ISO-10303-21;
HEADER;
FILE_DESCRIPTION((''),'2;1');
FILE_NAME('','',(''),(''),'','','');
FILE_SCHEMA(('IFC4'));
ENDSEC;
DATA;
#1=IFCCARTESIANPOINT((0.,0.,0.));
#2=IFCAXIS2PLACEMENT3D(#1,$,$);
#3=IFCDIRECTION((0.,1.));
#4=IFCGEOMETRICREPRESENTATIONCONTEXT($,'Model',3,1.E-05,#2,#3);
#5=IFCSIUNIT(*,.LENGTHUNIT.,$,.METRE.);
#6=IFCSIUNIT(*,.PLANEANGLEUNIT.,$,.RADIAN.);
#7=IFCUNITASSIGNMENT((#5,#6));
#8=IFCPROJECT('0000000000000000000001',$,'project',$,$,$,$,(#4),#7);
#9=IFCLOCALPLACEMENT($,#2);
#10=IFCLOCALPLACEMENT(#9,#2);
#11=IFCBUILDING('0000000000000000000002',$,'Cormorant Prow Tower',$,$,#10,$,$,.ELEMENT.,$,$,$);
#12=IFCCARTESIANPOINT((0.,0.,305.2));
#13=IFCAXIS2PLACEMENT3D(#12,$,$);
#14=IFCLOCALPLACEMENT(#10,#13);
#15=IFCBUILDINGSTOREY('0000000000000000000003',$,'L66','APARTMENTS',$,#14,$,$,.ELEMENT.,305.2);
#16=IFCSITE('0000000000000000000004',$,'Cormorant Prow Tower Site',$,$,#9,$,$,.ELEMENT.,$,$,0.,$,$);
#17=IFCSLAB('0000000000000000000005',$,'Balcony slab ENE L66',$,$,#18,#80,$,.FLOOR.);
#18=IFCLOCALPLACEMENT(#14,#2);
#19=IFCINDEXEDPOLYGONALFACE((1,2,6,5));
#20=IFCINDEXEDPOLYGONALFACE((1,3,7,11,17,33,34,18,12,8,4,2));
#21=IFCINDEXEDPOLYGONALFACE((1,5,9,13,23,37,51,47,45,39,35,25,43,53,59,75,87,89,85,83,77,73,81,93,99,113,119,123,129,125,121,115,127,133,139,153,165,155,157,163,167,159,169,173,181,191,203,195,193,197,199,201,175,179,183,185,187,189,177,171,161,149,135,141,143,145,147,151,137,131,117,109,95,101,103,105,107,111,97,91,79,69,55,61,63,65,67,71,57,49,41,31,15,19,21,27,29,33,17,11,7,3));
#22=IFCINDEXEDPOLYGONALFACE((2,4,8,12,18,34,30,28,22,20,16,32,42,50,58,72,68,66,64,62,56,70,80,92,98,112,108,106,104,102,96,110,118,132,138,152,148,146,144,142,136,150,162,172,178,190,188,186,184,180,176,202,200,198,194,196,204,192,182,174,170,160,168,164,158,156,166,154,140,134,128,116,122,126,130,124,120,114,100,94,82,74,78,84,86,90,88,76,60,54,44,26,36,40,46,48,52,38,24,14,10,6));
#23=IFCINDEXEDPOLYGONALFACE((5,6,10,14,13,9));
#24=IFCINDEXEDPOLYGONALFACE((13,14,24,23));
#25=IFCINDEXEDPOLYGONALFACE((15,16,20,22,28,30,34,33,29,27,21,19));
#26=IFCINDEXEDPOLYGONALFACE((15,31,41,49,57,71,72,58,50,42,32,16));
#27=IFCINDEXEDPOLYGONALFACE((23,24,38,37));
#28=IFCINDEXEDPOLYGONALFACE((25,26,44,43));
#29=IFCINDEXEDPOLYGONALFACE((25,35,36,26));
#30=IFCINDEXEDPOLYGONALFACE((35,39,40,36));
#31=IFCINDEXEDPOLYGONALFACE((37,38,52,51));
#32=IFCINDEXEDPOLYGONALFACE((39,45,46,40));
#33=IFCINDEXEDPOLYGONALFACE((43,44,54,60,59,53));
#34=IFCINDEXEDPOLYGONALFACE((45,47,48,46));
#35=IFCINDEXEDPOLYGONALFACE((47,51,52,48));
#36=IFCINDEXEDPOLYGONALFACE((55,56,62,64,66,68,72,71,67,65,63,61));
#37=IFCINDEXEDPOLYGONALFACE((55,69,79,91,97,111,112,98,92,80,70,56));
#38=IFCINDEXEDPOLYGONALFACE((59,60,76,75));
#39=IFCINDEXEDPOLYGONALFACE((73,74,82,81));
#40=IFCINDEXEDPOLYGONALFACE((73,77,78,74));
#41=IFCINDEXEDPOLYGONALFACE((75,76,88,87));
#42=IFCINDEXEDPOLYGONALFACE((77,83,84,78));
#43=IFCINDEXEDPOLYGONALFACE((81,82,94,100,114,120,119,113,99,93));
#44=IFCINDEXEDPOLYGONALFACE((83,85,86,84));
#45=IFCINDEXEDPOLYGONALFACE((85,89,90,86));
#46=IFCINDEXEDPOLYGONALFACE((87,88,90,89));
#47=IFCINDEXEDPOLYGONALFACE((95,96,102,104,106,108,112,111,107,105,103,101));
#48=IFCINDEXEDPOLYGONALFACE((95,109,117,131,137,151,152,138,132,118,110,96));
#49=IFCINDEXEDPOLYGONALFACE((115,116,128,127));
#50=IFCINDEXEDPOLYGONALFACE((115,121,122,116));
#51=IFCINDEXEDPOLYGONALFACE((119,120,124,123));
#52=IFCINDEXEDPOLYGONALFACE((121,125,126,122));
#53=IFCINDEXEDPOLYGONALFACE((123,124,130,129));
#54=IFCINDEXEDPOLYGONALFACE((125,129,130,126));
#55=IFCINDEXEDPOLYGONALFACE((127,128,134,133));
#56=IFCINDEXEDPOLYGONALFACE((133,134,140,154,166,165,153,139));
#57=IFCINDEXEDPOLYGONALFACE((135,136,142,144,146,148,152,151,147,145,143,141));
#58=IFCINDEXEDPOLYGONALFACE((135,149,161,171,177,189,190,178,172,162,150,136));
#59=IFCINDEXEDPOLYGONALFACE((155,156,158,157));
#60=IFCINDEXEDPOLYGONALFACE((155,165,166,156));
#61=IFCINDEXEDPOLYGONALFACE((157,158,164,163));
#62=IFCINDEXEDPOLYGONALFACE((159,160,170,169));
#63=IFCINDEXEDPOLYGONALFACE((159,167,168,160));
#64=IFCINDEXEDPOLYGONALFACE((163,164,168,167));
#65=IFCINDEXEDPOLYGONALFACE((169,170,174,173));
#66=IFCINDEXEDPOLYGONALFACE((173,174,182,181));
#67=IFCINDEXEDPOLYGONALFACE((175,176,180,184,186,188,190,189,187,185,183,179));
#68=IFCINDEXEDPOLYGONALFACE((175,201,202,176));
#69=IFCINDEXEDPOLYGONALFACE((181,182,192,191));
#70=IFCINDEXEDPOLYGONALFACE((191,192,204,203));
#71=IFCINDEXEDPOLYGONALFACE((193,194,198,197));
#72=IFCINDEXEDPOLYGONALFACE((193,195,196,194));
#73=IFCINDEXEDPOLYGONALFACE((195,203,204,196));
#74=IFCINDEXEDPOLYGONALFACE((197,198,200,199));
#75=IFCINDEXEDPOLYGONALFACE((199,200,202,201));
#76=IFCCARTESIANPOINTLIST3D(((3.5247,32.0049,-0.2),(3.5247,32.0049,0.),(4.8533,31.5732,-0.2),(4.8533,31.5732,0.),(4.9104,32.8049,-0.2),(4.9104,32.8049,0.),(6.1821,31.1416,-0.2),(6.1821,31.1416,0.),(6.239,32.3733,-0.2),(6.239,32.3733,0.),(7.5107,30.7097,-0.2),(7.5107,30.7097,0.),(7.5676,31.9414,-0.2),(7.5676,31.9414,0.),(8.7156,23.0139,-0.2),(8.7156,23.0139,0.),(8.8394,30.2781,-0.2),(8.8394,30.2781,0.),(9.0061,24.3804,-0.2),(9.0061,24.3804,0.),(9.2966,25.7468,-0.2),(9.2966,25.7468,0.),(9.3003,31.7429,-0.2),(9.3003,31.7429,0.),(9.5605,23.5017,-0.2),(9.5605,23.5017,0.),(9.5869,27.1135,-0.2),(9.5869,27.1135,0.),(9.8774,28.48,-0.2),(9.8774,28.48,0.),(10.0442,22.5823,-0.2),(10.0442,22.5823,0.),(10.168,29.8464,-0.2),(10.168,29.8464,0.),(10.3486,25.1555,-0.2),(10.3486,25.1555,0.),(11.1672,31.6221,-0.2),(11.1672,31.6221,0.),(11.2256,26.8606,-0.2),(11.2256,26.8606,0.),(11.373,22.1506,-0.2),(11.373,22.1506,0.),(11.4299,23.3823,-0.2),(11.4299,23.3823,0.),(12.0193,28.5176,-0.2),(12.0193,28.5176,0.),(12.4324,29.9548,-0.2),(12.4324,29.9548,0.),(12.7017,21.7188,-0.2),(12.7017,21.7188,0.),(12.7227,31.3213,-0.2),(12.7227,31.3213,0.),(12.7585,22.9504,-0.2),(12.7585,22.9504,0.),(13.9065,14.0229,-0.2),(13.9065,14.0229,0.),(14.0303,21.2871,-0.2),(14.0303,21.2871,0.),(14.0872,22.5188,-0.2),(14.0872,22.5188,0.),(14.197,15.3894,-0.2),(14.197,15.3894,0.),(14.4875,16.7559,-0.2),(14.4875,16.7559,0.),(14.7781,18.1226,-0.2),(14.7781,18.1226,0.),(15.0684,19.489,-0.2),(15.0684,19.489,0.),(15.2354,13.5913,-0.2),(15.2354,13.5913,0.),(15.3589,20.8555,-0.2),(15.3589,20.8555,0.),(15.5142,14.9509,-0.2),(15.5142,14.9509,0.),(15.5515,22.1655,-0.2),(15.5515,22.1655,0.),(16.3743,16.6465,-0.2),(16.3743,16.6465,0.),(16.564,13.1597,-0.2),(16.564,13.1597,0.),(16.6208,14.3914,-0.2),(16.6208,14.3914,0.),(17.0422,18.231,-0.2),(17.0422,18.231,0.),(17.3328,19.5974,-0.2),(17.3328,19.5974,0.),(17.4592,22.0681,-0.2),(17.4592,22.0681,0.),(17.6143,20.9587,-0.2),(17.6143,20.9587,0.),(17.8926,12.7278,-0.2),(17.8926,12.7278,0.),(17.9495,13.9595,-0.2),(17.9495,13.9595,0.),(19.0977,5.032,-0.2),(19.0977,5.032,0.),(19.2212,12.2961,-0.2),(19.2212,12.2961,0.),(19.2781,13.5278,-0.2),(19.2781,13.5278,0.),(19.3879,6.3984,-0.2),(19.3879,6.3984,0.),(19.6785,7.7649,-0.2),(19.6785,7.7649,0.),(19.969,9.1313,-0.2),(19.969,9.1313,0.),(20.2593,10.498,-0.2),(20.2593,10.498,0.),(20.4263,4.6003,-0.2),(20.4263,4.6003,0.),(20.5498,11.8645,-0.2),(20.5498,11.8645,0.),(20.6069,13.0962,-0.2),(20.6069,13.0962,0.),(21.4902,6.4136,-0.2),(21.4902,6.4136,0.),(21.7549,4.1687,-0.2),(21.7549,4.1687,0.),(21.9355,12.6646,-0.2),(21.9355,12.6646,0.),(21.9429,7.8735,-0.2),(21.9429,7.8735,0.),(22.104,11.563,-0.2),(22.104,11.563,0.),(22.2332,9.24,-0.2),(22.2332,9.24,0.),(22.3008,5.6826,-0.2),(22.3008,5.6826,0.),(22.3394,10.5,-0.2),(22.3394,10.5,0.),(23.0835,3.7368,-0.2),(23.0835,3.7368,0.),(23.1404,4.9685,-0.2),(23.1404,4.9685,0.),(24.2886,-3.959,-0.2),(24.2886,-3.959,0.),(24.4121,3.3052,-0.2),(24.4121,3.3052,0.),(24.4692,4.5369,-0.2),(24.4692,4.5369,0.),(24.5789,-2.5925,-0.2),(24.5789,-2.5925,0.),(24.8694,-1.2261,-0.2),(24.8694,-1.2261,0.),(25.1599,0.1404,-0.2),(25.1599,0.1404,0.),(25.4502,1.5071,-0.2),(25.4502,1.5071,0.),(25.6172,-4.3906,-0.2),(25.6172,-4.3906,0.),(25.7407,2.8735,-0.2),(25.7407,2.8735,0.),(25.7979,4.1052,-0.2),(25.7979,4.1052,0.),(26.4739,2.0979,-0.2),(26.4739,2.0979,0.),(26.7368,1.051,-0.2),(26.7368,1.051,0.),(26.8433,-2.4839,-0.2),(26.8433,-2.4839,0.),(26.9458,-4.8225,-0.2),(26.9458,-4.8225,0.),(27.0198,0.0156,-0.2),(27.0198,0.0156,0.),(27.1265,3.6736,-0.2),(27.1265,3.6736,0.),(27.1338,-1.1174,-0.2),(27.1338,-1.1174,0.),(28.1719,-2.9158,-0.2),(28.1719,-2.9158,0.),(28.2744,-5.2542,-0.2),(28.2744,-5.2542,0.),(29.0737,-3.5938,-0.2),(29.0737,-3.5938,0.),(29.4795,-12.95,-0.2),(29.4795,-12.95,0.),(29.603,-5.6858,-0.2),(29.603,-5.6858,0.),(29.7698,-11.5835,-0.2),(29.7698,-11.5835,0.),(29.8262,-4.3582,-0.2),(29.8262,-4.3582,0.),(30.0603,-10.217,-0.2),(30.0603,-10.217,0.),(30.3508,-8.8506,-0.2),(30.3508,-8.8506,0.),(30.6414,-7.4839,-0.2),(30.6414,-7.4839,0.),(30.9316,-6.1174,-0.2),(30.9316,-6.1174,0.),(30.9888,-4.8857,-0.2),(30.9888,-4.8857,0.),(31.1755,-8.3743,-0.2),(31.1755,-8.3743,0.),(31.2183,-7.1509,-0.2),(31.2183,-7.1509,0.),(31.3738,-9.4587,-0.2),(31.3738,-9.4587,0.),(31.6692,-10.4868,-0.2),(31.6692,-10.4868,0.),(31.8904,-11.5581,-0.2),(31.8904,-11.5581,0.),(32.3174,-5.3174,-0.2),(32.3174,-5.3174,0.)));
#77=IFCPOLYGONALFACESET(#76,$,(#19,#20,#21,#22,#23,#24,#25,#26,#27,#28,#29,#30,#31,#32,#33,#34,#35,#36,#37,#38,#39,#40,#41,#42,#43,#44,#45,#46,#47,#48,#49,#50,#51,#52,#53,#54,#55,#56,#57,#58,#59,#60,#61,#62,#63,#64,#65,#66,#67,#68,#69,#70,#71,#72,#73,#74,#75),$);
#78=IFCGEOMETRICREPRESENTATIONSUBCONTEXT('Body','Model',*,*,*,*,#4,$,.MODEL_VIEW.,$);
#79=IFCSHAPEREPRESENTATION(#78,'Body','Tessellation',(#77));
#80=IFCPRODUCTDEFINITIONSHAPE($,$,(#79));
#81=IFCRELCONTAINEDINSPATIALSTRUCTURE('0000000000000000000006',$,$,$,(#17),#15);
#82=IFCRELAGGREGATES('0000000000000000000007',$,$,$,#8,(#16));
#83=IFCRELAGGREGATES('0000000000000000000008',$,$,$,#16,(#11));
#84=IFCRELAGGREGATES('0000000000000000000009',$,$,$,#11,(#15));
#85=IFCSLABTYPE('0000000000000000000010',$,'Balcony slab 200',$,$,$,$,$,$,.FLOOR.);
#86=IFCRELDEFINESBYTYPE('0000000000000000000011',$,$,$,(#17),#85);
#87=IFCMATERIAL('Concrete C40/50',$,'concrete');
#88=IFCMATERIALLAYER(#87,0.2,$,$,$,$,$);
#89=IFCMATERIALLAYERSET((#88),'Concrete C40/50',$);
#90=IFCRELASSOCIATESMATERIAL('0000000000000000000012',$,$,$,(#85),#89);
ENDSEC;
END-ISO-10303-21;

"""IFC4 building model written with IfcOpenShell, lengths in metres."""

from ifc_helpers import new_model, si_unit, direction, frame, origin, place, context, subcontext, project, spatial, polyline, outline, extrude, material, layer, layer_set, type_object, element, save


model = new_model("IFC4")

# Units and contexts
model_context = context("Model", 3, precision=1e-05, world=origin(), true_north=direction((0.0, 1.0)))
body_context = subcontext(model_context, "Body", "Model", "MODEL_VIEW")
ifc_project = project(units=[si_unit("LENGTHUNIT", "METRE"), si_unit("PLANEANGLEUNIT", "RADIAN")], contexts=[model_context])

# Site, building, storey
site_placement = place(None, origin())
site = spatial("IfcSite", under=ifc_project, at=site_placement, Name="Cormorant Prow Tower Site", CompositionType="ELEMENT", RefElevation=0.0)
building_placement = place(site_placement, origin())
building = spatial("IfcBuilding", under=site, at=building_placement, Name="Cormorant Prow Tower", CompositionType="ELEMENT")
storey_placement = place(building_placement, frame((0.0, 0.0, 305.2)))
storey = spatial("IfcBuildingStorey", under=building, at=storey_placement, Name="L66", Description="APARTMENTS", CompositionType="ELEMENT", Elevation=305.2)

# Slab
ifc_material_1 = material(Name="Concrete C40/50", Category="concrete")
ifc_layer_1 = layer(ifc_material_1, 0.2)
ifc_layer_set_1 = layer_set([ifc_layer_1], Name="Concrete C40/50")
slab_type_1 = type_object("IfcSlabType", Name="Balcony slab 200", PredefinedType="FLOOR", material=ifc_layer_set_1)
slab_1_placement = place(storey_placement, frame((0.0, 0.0, -0.2)))
element("IfcSlab", 1, at=slab_1_placement, inside=storey, type_object=slab_type_1, Name="Balcony slab ENE L66", PredefinedType="FLOOR", context=body_context, shape_type="SweptSolid", body=[
    extrude(outline(polyline([(29.4795, -12.95), (31.8904, -11.5581), (31.6692, -10.4868), (31.3738, -9.4587), (31.1755, -8.3743), (31.2183, -7.1509), (32.3174, -5.3174), (30.9888, -4.8857), (29.8262, -4.3582), (29.0737, -3.5938), (28.1719, -2.9158), (26.8433, -2.4839), (27.1338, -1.1174), (27.0198, 0.0156), (26.7368, 1.051), (26.4739, 2.0979), (27.1265, 3.6736), (25.7979, 4.1052), (24.4692, 4.5369), (23.1404, 4.9685), (22.3008, 5.6826), (21.4902, 6.4136), (21.9429, 7.8735), (22.2332, 9.24), (22.3394, 10.5), (22.104, 11.563), (21.9355, 12.6646), (20.6069, 13.0962), (19.2781, 13.5278), (17.9495, 13.9595), (16.6208, 14.3914), (15.5142, 14.9509), (16.3743, 16.6465), (17.0422, 18.231), (17.3328, 19.5974), (17.6143, 20.9587), (17.4592, 22.0681), (15.5515, 22.1655), (14.0872, 22.5188), (12.7585, 22.9504), (11.4299, 23.3823), (9.5605, 23.5017), (10.3486, 25.1555), (11.2256, 26.8606), (12.0193, 28.5176), (12.4324, 29.9548), (12.7227, 31.3213), (11.1672, 31.6221), (9.3003, 31.7429), (7.5676, 31.9414), (6.239, 32.3733), (4.9104, 32.8049), (3.5247, 32.0049), (4.8533, 31.5732), (6.1821, 31.1416), (7.5107, 30.7097), (8.8394, 30.2781), (10.168, 29.8464), (9.8774, 28.48), (9.5869, 27.1135), (9.2966, 25.7468), (9.0061, 24.3804), (8.7156, 23.0139), (10.0442, 22.5823), (11.373, 22.1506), (12.7017, 21.7188), (14.0303, 21.2871), (15.3589, 20.8555), (15.0684, 19.489), (14.7781, 18.1226), (14.4875, 16.7559), (14.197, 15.3894), (13.9065, 14.0229), (15.2354, 13.5913), (16.564, 13.1597), (17.8926, 12.7278), (19.2212, 12.2961), (20.5498, 11.8645), (20.2593, 10.498), (19.969, 9.1313), (19.6785, 7.7649), (19.3879, 6.3984), (19.0977, 5.032), (20.4263, 4.6003), (21.7549, 4.1687), (23.0835, 3.7368), (24.4121, 3.3052), (25.7407, 2.8735), (25.4502, 1.5071), (25.1599, 0.1404), (24.8694, -1.2261), (24.5789, -2.5925), (24.2886, -3.959), (25.6172, -4.3906), (26.9458, -4.8225), (28.2744, -5.2542), (29.603, -5.6858), (30.9316, -6.1174), (30.6414, -7.4839), (30.3508, -8.8506), (30.0603, -10.217), (29.7698, -11.5835), (29.4795, -12.95)])), origin(), (0.0, 0.0, 1.0), 0.2),
])

save(model, "model.ifc")
